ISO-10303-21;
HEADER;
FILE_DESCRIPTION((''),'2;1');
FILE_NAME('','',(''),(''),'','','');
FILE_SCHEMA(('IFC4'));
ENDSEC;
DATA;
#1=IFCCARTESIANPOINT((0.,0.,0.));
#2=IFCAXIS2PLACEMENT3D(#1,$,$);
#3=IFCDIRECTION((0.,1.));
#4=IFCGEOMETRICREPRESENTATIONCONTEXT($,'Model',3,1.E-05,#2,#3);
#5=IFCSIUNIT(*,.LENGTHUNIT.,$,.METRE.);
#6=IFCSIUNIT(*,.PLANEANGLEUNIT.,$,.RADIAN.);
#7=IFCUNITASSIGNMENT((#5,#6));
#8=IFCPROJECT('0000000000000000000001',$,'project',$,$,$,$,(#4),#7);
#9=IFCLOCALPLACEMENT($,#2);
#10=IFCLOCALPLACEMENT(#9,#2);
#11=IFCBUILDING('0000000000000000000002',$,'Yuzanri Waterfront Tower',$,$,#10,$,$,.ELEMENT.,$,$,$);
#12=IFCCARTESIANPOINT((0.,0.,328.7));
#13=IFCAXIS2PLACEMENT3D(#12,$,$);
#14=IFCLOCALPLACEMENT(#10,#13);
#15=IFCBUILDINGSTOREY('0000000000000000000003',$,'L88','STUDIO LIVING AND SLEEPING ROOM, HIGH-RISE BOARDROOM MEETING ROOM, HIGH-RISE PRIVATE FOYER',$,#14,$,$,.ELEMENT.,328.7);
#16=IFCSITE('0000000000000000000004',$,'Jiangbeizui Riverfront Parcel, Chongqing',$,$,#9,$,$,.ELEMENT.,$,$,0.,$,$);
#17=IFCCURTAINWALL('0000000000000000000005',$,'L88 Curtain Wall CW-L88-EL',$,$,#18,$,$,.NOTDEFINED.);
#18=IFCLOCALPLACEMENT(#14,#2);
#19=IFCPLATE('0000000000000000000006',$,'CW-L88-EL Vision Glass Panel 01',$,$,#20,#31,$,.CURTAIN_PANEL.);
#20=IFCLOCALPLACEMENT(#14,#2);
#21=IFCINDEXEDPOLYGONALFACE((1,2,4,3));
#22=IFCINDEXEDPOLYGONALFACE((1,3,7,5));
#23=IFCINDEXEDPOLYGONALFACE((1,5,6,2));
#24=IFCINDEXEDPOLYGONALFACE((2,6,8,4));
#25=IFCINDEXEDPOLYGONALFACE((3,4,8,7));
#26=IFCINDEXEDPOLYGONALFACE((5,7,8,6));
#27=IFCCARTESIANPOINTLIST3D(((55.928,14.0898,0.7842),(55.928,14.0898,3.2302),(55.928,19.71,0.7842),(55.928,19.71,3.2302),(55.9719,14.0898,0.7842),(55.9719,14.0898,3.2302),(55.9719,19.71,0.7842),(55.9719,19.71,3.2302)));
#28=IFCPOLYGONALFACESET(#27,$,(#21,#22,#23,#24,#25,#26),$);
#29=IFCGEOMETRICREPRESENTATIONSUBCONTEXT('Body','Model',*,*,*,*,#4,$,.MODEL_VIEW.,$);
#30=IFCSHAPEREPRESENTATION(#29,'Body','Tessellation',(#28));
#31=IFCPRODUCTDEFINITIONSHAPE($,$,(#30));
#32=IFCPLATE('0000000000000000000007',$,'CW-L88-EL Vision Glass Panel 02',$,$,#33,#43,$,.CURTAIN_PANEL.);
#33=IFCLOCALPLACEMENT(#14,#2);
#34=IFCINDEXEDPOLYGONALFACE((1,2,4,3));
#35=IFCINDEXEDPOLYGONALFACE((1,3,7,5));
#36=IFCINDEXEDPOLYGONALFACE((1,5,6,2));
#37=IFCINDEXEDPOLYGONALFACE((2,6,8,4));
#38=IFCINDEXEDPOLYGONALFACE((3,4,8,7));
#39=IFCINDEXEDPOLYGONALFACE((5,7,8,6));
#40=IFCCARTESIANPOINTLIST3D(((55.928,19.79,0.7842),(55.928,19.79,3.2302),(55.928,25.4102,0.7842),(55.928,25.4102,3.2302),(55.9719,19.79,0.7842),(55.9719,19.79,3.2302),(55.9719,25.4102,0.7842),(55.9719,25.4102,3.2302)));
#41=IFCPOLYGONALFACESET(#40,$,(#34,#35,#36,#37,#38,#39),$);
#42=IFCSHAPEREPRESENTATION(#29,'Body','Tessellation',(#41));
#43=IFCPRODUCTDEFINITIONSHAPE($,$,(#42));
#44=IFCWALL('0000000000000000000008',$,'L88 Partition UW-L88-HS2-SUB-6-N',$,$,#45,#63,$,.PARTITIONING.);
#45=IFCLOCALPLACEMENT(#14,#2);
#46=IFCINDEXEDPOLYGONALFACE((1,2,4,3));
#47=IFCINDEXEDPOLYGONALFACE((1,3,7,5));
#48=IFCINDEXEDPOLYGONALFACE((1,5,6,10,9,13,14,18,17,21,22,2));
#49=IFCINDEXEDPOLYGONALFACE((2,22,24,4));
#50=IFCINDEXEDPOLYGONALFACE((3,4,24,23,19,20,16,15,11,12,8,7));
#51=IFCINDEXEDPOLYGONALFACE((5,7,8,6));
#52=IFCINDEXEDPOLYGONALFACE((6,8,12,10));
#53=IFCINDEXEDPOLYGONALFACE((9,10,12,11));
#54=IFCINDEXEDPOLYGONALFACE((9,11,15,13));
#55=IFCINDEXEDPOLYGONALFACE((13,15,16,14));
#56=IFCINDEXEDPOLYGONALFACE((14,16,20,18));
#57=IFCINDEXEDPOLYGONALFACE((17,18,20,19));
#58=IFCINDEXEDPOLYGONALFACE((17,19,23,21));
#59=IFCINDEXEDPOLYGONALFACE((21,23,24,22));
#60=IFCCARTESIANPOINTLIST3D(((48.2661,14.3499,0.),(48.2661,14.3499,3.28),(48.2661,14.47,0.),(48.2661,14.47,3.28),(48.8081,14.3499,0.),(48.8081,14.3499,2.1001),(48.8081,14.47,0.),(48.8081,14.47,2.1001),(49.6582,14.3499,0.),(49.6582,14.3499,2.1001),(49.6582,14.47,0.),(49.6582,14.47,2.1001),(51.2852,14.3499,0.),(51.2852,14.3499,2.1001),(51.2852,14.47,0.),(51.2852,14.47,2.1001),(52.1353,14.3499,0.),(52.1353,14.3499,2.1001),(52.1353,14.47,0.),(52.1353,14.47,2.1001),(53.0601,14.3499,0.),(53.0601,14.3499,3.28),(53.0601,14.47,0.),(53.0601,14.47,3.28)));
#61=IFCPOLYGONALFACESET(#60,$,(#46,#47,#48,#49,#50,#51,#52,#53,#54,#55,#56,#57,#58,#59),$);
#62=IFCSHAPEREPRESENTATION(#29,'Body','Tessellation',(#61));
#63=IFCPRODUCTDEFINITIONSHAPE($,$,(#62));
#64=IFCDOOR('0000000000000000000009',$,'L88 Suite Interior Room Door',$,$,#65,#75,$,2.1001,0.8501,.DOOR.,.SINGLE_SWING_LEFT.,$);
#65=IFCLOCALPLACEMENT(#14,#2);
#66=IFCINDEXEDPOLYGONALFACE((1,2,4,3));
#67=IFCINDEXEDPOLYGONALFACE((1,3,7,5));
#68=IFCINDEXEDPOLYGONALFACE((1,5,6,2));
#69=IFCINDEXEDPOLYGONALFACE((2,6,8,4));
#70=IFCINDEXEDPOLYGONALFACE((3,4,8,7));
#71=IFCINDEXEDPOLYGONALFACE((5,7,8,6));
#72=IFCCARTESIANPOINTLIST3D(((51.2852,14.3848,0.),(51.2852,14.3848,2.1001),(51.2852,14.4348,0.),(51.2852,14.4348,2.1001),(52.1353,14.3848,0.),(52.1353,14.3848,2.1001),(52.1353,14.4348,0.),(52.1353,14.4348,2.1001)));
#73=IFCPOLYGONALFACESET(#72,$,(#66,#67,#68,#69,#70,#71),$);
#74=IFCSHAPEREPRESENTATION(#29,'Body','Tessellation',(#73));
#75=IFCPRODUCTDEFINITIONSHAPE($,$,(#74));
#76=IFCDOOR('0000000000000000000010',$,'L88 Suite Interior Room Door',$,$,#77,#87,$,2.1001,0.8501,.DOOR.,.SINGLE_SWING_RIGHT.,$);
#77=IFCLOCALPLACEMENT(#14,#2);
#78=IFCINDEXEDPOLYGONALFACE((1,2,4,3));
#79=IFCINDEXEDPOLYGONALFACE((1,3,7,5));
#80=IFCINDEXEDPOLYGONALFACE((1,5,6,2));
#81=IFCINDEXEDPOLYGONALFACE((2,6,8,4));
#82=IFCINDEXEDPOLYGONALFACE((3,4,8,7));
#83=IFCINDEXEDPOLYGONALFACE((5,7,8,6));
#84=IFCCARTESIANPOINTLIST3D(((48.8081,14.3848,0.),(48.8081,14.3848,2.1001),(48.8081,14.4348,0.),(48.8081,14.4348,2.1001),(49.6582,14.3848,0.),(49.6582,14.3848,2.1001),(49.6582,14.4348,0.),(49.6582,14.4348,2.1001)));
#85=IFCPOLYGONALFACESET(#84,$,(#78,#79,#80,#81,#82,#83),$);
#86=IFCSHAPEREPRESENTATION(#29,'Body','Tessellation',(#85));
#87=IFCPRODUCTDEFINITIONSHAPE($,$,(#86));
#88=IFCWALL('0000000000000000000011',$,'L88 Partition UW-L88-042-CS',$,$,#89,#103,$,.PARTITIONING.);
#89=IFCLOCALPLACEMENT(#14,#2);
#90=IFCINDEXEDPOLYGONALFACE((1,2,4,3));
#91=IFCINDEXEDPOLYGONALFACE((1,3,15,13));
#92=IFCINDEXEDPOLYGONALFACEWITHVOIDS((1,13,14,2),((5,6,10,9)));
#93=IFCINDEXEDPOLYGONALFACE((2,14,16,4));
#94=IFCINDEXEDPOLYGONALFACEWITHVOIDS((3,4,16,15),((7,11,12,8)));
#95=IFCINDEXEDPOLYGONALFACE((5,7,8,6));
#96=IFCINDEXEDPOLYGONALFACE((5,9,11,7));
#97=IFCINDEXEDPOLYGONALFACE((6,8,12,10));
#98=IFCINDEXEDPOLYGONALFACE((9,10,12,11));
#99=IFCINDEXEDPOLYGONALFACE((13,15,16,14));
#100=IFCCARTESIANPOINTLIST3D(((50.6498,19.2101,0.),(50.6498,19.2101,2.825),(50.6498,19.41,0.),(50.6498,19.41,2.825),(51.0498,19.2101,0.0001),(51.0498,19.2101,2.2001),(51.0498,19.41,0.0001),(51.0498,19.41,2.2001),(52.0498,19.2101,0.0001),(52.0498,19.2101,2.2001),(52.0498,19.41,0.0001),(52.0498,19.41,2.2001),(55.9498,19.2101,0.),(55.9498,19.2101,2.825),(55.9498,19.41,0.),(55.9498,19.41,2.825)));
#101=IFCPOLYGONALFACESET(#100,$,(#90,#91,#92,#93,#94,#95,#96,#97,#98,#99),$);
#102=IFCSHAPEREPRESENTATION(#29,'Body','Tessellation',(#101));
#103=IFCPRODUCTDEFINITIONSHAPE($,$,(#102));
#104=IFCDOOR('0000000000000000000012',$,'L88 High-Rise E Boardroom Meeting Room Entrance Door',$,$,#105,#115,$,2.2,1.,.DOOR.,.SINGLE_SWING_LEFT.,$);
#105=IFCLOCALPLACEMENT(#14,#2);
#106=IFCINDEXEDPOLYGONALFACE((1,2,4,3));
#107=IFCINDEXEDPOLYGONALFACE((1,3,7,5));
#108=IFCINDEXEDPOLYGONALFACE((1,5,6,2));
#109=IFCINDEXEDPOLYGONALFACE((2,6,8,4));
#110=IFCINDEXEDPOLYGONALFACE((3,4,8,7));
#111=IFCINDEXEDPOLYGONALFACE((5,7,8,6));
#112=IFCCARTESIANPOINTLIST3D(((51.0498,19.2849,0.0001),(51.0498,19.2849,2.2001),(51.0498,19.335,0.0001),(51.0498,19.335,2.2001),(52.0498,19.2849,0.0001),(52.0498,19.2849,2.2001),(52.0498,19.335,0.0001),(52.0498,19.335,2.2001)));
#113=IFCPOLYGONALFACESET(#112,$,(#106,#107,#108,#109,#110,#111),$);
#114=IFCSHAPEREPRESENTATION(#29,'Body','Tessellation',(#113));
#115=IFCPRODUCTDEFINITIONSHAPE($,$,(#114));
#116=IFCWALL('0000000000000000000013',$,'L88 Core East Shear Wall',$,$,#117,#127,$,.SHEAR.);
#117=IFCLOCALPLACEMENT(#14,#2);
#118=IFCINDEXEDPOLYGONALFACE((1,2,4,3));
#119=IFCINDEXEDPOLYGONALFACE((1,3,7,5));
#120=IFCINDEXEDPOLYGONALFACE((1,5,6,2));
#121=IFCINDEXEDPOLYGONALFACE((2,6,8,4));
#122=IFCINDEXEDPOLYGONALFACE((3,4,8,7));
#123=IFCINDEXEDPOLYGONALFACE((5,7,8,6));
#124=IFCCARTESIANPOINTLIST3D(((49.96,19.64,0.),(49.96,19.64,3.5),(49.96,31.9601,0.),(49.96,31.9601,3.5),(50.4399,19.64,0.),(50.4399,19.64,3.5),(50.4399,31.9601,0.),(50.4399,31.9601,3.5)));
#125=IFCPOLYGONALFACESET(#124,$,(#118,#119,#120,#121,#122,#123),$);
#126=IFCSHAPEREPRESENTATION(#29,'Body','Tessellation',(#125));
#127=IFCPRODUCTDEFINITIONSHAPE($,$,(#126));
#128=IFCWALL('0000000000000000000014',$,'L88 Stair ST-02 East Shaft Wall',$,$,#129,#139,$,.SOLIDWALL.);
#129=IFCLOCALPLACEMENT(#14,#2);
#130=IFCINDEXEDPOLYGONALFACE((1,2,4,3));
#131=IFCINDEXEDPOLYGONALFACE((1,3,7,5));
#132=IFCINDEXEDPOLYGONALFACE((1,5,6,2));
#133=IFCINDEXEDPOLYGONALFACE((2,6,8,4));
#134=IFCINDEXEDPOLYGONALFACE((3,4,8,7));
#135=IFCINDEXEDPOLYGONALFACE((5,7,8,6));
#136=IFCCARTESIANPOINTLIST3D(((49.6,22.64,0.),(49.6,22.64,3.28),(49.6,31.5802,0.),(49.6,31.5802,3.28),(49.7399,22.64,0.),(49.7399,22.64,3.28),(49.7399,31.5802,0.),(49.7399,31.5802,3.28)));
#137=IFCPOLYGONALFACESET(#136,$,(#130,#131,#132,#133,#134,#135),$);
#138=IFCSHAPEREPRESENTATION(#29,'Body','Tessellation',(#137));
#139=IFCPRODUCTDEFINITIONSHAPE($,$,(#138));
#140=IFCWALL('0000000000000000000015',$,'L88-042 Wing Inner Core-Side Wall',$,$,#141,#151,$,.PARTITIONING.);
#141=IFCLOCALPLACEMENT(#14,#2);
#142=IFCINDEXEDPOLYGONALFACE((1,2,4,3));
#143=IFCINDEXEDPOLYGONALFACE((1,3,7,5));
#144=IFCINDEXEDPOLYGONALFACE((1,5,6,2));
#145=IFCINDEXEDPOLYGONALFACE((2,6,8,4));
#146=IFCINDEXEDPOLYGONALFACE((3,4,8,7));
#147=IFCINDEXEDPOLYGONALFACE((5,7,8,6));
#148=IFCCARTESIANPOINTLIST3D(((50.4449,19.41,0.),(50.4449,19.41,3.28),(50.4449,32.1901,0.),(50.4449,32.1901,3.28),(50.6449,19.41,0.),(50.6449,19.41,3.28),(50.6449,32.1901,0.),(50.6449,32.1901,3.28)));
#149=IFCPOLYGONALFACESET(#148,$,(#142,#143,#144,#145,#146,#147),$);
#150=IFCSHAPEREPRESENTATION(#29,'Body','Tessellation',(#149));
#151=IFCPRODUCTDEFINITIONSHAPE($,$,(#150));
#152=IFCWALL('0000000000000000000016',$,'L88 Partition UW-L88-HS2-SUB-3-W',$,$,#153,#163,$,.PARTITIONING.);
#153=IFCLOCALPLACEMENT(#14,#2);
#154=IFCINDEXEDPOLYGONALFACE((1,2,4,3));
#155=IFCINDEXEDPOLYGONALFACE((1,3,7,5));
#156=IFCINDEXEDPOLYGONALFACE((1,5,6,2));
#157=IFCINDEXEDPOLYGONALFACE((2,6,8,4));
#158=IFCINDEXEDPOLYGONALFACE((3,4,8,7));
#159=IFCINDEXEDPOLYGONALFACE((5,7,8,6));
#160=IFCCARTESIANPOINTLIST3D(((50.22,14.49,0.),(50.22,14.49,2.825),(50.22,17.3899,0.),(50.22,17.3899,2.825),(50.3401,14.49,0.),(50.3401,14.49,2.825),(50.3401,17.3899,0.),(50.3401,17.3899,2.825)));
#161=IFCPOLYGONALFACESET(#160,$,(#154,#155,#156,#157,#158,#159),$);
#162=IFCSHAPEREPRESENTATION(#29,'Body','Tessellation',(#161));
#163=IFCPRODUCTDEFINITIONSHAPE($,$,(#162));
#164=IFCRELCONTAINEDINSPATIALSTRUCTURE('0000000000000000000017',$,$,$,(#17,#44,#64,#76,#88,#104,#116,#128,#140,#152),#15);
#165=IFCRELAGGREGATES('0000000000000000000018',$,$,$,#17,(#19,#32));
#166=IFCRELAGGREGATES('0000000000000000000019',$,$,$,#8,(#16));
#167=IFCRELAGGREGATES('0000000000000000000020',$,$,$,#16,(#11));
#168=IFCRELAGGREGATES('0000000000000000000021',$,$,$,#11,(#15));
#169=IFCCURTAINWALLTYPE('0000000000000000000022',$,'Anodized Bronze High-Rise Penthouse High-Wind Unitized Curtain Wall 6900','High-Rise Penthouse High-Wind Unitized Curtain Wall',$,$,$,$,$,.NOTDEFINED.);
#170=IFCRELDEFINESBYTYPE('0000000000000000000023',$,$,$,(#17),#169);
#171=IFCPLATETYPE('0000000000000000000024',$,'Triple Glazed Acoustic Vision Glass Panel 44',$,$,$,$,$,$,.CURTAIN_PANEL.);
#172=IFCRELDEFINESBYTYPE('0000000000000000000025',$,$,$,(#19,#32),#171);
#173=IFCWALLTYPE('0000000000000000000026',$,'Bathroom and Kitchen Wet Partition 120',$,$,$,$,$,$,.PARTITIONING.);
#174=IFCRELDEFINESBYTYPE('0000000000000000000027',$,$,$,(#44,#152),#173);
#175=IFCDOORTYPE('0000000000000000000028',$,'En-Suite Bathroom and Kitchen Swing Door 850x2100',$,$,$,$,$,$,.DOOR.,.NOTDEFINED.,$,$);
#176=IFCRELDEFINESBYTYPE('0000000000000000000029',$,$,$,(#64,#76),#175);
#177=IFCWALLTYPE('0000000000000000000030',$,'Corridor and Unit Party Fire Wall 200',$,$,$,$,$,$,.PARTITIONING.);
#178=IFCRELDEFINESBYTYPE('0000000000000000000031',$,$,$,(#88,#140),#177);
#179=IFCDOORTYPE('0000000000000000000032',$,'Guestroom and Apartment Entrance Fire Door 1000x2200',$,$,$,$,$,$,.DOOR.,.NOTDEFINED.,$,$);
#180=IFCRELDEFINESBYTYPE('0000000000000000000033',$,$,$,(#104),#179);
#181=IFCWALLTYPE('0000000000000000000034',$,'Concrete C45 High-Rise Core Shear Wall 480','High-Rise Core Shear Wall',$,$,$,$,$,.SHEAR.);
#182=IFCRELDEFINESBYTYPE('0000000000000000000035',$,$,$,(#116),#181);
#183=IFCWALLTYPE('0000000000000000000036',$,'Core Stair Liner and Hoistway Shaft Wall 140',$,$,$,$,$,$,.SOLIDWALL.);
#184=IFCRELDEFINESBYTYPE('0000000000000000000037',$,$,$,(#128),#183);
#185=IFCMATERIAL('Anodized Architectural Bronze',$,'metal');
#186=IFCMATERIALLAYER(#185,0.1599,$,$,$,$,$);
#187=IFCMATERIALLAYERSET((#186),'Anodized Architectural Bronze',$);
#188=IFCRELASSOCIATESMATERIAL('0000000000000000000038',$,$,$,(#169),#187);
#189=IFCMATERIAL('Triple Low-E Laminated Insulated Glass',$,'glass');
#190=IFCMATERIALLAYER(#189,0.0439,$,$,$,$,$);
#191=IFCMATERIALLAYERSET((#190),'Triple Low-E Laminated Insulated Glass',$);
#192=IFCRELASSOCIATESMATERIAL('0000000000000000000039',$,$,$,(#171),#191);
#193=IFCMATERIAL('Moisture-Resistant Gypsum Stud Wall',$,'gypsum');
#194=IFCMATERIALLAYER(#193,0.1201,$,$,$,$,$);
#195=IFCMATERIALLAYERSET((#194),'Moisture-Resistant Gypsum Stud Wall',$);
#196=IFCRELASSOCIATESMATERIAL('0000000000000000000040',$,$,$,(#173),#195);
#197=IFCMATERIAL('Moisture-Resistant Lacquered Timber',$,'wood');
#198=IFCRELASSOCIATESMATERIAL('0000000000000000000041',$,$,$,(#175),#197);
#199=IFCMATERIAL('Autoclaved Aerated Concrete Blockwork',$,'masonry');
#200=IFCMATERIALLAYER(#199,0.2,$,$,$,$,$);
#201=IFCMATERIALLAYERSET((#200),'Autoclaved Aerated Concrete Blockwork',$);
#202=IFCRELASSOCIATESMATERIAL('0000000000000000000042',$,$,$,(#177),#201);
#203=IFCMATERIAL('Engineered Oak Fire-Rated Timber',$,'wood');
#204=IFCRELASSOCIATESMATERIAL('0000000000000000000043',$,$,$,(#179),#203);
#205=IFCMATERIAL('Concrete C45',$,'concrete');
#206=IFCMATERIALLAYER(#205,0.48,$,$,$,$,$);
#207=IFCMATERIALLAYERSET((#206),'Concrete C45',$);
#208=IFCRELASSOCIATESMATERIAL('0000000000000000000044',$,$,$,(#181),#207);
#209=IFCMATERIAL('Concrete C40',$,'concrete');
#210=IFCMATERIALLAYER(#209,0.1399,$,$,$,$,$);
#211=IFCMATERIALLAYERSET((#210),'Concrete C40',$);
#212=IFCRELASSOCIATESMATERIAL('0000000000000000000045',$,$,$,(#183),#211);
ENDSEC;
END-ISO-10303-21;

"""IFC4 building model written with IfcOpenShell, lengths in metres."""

from ifc_helpers import new_model, si_unit, direction, frame, frame_2d, origin, origin_2d, place, context, subcontext, project, spatial, rectangle, extrude, source, transform, mapped, material, layer, layer_set, type_object, element, fill, aggregate, save


model = new_model("IFC4")

# Units and contexts
model_context = context("Model", 3, precision=1e-05, world=origin(), true_north=direction((0.0, 1.0)))
body_context = subcontext(model_context, "Body", "Model", "MODEL_VIEW")
ifc_project = project(units=[si_unit("LENGTHUNIT", "METRE"), si_unit("PLANEANGLEUNIT", "RADIAN")], contexts=[model_context])

# Site, building, storey
site_placement = place(None, origin())
site = spatial("IfcSite", under=ifc_project, at=site_placement, Name="Jiangbeizui Riverfront Parcel, Chongqing", CompositionType="ELEMENT", RefElevation=0.0)
building_placement = place(site_placement, origin())
building = spatial("IfcBuilding", under=site, at=building_placement, Name="Yuzanri Waterfront Tower", CompositionType="ELEMENT")
storey_placement = place(building_placement, frame((0.0, 0.0, 328.7)))
storey = spatial("IfcBuildingStorey", under=building, at=storey_placement, Name="L88", Description="STUDIO LIVING AND SLEEPING ROOM, HIGH-RISE BOARDROOM MEETING ROOM, HIGH-RISE PRIVATE FOYER", CompositionType="ELEMENT", Elevation=328.7)

# Curtain wall, plates
ifc_material_1 = material(Name="Anodized Architectural Bronze", Category="metal")
ifc_layer_1 = layer(ifc_material_1, 0.1599)
ifc_layer_set_1 = layer_set([ifc_layer_1], Name="Anodized Architectural Bronze")
curtain_wall_type = type_object("IfcCurtainWallType", Name="Anodized Bronze High-Rise Penthouse High-Wind Unitized Curtain Wall 6900", Description="High-Rise Penthouse High-Wind Unitized Curtain Wall", PredefinedType="NOTDEFINED", material=ifc_layer_set_1)
curtain_wall_placement = place(storey_placement, origin())
curtain_wall = element("IfcCurtainWall", 1, at=curtain_wall_placement, inside=storey, type_object=curtain_wall_type, Name="L88 Curtain Wall CW-L88-EL", PredefinedType="NOTDEFINED")
ifc_material_2 = material(Name="Triple Low-E Laminated Insulated Glass", Category="glass")
ifc_layer_2 = layer(ifc_material_2, 0.0439)
ifc_layer_set_2 = layer_set([ifc_layer_2], Name="Triple Low-E Laminated Insulated Glass")
plate_type_1 = type_object("IfcPlateType", Name="Triple Glazed Acoustic Vision Glass Panel 44", PredefinedType="CURTAIN_PANEL", material=ifc_layer_set_2)
shared_shape_1 = source(origin(), body_context, "Body", "SweptSolid", [
    extrude(rectangle(XDim=5.6201, YDim=0.0439, at=origin_2d()), origin(), (0.0, 0.0, 1.0), 2.446),
])
plate_1_placement = place(storey_placement, frame((55.95, 16.8999, 0.7842), z_axis=(0.0, 0.0, 1.0), x_axis=(0.0, 1.0, 0.0)))
plate_1 = element("IfcPlate", 2, at=plate_1_placement, type_object=plate_type_1, Name="CW-L88-EL Vision Glass Panel 01", PredefinedType="CURTAIN_PANEL", context=body_context, shape_type="MappedRepresentation", body=[
    mapped(shared_shape_1, transform((0.0, 0.0, 0.0), scale=1.0)),
])
plate_2_placement = place(storey_placement, frame((55.95, 22.6001, 0.7842), z_axis=(0.0, 0.0, 1.0), x_axis=(0.0, 1.0, 0.0)))
plate_2 = element("IfcPlate", 3, at=plate_2_placement, type_object=plate_type_1, Name="CW-L88-EL Vision Glass Panel 02", PredefinedType="CURTAIN_PANEL", context=body_context, shape_type="MappedRepresentation", body=[
    mapped(shared_shape_1, transform((0.0, 0.0, 0.0), scale=1.0)),
])
aggregate(curtain_wall, [plate_1, plate_2])

# Wall, openings, doors
ifc_material_3 = material(Name="Moisture-Resistant Gypsum Stud Wall", Category="gypsum")
ifc_layer_3 = layer(ifc_material_3, 0.1201)
ifc_layer_set_3 = layer_set([ifc_layer_3], Name="Moisture-Resistant Gypsum Stud Wall")
wall_type_1 = type_object("IfcWallType", Name="Bathroom and Kitchen Wet Partition 120", PredefinedType="PARTITIONING", material=ifc_layer_set_3)
wall_1_placement = place(storey_placement, frame((48.2661, 14.4099, 0.0), z_axis=(0.0, 0.0, 1.0), x_axis=(1.0, 0.0, 0.0)))
wall_1 = element("IfcWall", 4, at=wall_1_placement, inside=storey, type_object=wall_type_1, Name="L88 Partition UW-L88-HS2-SUB-6-N", PredefinedType="PARTITIONING", context=body_context, shape_type="SweptSolid", body=[
    extrude(rectangle(XDim=4.7939, YDim=0.1201, at=frame_2d((2.397, 0.0))), origin(), (0.0, 0.0, 1.0), 3.28),
])
opening_1_placement = place(wall_1_placement, frame((3.019, 0.0, 0.0)))
opening_1 = element("IfcOpeningElement", 5, at=opening_1_placement, cuts=wall_1, PredefinedType="OPENING", context=body_context, shape_type="SweptSolid", body=[
    extrude(rectangle(XDim=0.8501, YDim=2.1001, at=frame_2d((0.425, 1.05))), frame((0.0, 0.075, 0.0), z_axis=(0.0, -1.0, 0.0), x_axis=(1.0, 0.0, 0.0)), (0.0, 0.0, 1.0), 0.1499),
])
opening_2_placement = place(wall_1_placement, frame((0.542, 0.0, 0.0)))
opening_2 = element("IfcOpeningElement", 6, at=opening_2_placement, cuts=wall_1, PredefinedType="OPENING", context=body_context, shape_type="SweptSolid", body=[
    extrude(rectangle(XDim=0.8501, YDim=2.1001, at=frame_2d((0.425, 1.05))), frame((0.0, 0.075, 0.0), z_axis=(0.0, -1.0, 0.0), x_axis=(1.0, 0.0, 0.0)), (0.0, 0.0, 1.0), 0.1499),
])
ifc_material_4 = material(Name="Moisture-Resistant Lacquered Timber", Category="wood")
door_type_1 = type_object("IfcDoorType", Name="En-Suite Bathroom and Kitchen Swing Door 850x2100", OperationType="NOTDEFINED", PredefinedType="DOOR", material=ifc_material_4)
shared_shape_2 = source(origin(), body_context, "Body", "SweptSolid", [
    extrude(rectangle(XDim=0.8501, YDim=2.1001, at=frame_2d((0.425, 1.05))), frame((0.0, 0.0249, 0.0), z_axis=(0.0, -1.0, 0.0), x_axis=(1.0, 0.0, 0.0)), (0.0, 0.0, 1.0), 0.05),
])
door_1_placement = place(opening_1_placement, origin())
door_1 = element("IfcDoor", 7, at=door_1_placement, inside=storey, type_object=door_type_1, Name="L88 Suite Interior Room Door", OperationType="SINGLE_SWING_LEFT", OverallHeight=2.1001, OverallWidth=0.8501, PredefinedType="DOOR", context=body_context, shape_type="MappedRepresentation", body=[
    mapped(shared_shape_2, transform((0.0, 0.0, 0.0), scale=1.0)),
])
fill(opening_1, door_1)
door_2_placement = place(opening_2_placement, origin())
door_2 = element("IfcDoor", 8, at=door_2_placement, inside=storey, type_object=door_type_1, Name="L88 Suite Interior Room Door", OperationType="SINGLE_SWING_RIGHT", OverallHeight=2.1001, OverallWidth=0.8501, PredefinedType="DOOR", context=body_context, shape_type="MappedRepresentation", body=[
    mapped(shared_shape_2, transform((0.0, 0.0, 0.0), scale=1.0)),
])
fill(opening_2, door_2)

# Wall, opening, door
ifc_material_5 = material(Name="Autoclaved Aerated Concrete Blockwork", Category="masonry")
ifc_layer_4 = layer(ifc_material_5, 0.2)
ifc_layer_set_4 = layer_set([ifc_layer_4], Name="Autoclaved Aerated Concrete Blockwork")
wall_type_2 = type_object("IfcWallType", Name="Corridor and Unit Party Fire Wall 200", PredefinedType="PARTITIONING", material=ifc_layer_set_4)
wall_2_placement = place(storey_placement, frame((50.6499, 19.3101, 0.0), z_axis=(0.0, 0.0, 1.0), x_axis=(1.0, 0.0, 0.0)))
wall_2 = element("IfcWall", 9, at=wall_2_placement, inside=storey, type_object=wall_type_2, Name="L88 Partition UW-L88-042-CS", PredefinedType="PARTITIONING", context=body_context, shape_type="SweptSolid", body=[
    extrude(rectangle(XDim=5.3, YDim=0.2, at=frame_2d((2.6499, 0.0))), origin(), (0.0, 0.0, 1.0), 2.825),
])
opening_3_placement = place(wall_2_placement, frame((0.3999, 0.0, 0.0)))
opening_3 = element("IfcOpeningElement", 10, at=opening_3_placement, cuts=wall_2, PredefinedType="OPENING", context=body_context, shape_type="SweptSolid", body=[
    extrude(rectangle(XDim=1.0, YDim=2.2, at=frame_2d((0.5, 1.1001))), frame((0.0, 0.1147, 0.0), z_axis=(0.0, -1.0, 0.0), x_axis=(1.0, 0.0, 0.0)), (0.0, 0.0, 1.0), 0.2297),
])
ifc_material_6 = material(Name="Engineered Oak Fire-Rated Timber", Category="wood")
door_type_2 = type_object("IfcDoorType", Name="Guestroom and Apartment Entrance Fire Door 1000x2200", OperationType="NOTDEFINED", PredefinedType="DOOR", material=ifc_material_6)
shared_shape_3 = source(origin(), body_context, "Body", "SweptSolid", [
    extrude(rectangle(XDim=1.0, YDim=2.2, at=frame_2d((0.5, 1.1001))), frame((0.0, 0.0249, 0.0), z_axis=(0.0, -1.0, 0.0), x_axis=(1.0, 0.0, 0.0)), (0.0, 0.0, 1.0), 0.05),
])
door_3_placement = place(opening_3_placement, origin())
door_3 = element("IfcDoor", 11, at=door_3_placement, inside=storey, type_object=door_type_2, Name="L88 High-Rise E Boardroom Meeting Room Entrance Door", OperationType="SINGLE_SWING_LEFT", OverallHeight=2.2, OverallWidth=1.0, PredefinedType="DOOR", context=body_context, shape_type="MappedRepresentation", body=[
    mapped(shared_shape_3, transform((0.0, 0.0, 0.0), scale=1.0)),
])
fill(opening_3, door_3)

# Walls
ifc_material_7 = material(Name="Concrete C45", Category="concrete")
ifc_layer_5 = layer(ifc_material_7, 0.48)
ifc_layer_set_5 = layer_set([ifc_layer_5], Name="Concrete C45")
wall_type_3 = type_object("IfcWallType", Name="Concrete C45 High-Rise Core Shear Wall 480", Description="High-Rise Core Shear Wall", PredefinedType="SHEAR", material=ifc_layer_set_5)
shared_shape_4 = source(origin(), body_context, "Body", "SweptSolid", [
    extrude(rectangle(XDim=12.3201, YDim=0.48, at=frame_2d((6.1602, 0.0))), origin(), (0.0, 0.0, 1.0), 3.5),
])
wall_3_placement = place(storey_placement, frame((50.2, 19.6399, 0.0), z_axis=(0.0, 0.0, 1.0), x_axis=(0.0, 1.0, 0.0)))
element("IfcWall", 12, at=wall_3_placement, inside=storey, type_object=wall_type_3, Name="L88 Core East Shear Wall", PredefinedType="SHEAR", context=body_context, shape_type="MappedRepresentation", body=[
    mapped(shared_shape_4, transform((0.0, 0.0, 0.0), scale=1.0)),
])
ifc_material_8 = material(Name="Concrete C40", Category="concrete")
ifc_layer_6 = layer(ifc_material_8, 0.1399)
ifc_layer_set_6 = layer_set([ifc_layer_6], Name="Concrete C40")
wall_type_4 = type_object("IfcWallType", Name="Core Stair Liner and Hoistway Shaft Wall 140", PredefinedType="SOLIDWALL", material=ifc_layer_set_6)
shared_shape_5 = source(origin(), body_context, "Body", "SweptSolid", [
    extrude(rectangle(XDim=8.9402, YDim=0.1399, at=frame_2d((4.4702, 0.0))), origin(), (0.0, 0.0, 1.0), 3.28),
])
wall_4_placement = place(storey_placement, frame((49.6699, 22.6399, 0.0), z_axis=(0.0, 0.0, 1.0), x_axis=(0.0, 1.0, 0.0)))
element("IfcWall", 13, at=wall_4_placement, inside=storey, type_object=wall_type_4, Name="L88 Stair ST-02 East Shaft Wall", PredefinedType="SOLIDWALL", context=body_context, shape_type="MappedRepresentation", body=[
    mapped(shared_shape_5, transform((0.0, 0.0, 0.0), scale=1.0)),
])
shared_shape_6 = source(origin(), body_context, "Body", "SweptSolid", [
    extrude(rectangle(XDim=12.78, YDim=0.2, at=frame_2d((6.3901, 0.0))), origin(), (0.0, 0.0, 1.0), 3.28),
])
wall_5_placement = place(storey_placement, frame((50.5449, 19.4099, 0.0), z_axis=(0.0, 0.0, 1.0), x_axis=(0.0, 1.0, 0.0)))
element("IfcWall", 14, at=wall_5_placement, inside=storey, type_object=wall_type_2, Name="L88-042 Wing Inner Core-Side Wall", PredefinedType="PARTITIONING", context=body_context, shape_type="MappedRepresentation", body=[
    mapped(shared_shape_6, transform((0.0, 0.0, 0.0), scale=1.0)),
])
shared_shape_7 = source(origin(), body_context, "Body", "SweptSolid", [
    extrude(rectangle(XDim=2.8999, YDim=0.1201, at=frame_2d((1.45, 0.0))), origin(), (0.0, 0.0, 1.0), 2.825),
])
wall_6_placement = place(storey_placement, frame((50.28, 14.49, 0.0), z_axis=(0.0, 0.0, 1.0), x_axis=(0.0, 1.0, 0.0)))
element("IfcWall", 15, at=wall_6_placement, inside=storey, type_object=wall_type_1, Name="L88 Partition UW-L88-HS2-SUB-3-W", PredefinedType="PARTITIONING", context=body_context, shape_type="MappedRepresentation", body=[
    mapped(shared_shape_7, transform((0.0, 0.0, 0.0), scale=1.0)),
])

save(model, "model.ifc")
